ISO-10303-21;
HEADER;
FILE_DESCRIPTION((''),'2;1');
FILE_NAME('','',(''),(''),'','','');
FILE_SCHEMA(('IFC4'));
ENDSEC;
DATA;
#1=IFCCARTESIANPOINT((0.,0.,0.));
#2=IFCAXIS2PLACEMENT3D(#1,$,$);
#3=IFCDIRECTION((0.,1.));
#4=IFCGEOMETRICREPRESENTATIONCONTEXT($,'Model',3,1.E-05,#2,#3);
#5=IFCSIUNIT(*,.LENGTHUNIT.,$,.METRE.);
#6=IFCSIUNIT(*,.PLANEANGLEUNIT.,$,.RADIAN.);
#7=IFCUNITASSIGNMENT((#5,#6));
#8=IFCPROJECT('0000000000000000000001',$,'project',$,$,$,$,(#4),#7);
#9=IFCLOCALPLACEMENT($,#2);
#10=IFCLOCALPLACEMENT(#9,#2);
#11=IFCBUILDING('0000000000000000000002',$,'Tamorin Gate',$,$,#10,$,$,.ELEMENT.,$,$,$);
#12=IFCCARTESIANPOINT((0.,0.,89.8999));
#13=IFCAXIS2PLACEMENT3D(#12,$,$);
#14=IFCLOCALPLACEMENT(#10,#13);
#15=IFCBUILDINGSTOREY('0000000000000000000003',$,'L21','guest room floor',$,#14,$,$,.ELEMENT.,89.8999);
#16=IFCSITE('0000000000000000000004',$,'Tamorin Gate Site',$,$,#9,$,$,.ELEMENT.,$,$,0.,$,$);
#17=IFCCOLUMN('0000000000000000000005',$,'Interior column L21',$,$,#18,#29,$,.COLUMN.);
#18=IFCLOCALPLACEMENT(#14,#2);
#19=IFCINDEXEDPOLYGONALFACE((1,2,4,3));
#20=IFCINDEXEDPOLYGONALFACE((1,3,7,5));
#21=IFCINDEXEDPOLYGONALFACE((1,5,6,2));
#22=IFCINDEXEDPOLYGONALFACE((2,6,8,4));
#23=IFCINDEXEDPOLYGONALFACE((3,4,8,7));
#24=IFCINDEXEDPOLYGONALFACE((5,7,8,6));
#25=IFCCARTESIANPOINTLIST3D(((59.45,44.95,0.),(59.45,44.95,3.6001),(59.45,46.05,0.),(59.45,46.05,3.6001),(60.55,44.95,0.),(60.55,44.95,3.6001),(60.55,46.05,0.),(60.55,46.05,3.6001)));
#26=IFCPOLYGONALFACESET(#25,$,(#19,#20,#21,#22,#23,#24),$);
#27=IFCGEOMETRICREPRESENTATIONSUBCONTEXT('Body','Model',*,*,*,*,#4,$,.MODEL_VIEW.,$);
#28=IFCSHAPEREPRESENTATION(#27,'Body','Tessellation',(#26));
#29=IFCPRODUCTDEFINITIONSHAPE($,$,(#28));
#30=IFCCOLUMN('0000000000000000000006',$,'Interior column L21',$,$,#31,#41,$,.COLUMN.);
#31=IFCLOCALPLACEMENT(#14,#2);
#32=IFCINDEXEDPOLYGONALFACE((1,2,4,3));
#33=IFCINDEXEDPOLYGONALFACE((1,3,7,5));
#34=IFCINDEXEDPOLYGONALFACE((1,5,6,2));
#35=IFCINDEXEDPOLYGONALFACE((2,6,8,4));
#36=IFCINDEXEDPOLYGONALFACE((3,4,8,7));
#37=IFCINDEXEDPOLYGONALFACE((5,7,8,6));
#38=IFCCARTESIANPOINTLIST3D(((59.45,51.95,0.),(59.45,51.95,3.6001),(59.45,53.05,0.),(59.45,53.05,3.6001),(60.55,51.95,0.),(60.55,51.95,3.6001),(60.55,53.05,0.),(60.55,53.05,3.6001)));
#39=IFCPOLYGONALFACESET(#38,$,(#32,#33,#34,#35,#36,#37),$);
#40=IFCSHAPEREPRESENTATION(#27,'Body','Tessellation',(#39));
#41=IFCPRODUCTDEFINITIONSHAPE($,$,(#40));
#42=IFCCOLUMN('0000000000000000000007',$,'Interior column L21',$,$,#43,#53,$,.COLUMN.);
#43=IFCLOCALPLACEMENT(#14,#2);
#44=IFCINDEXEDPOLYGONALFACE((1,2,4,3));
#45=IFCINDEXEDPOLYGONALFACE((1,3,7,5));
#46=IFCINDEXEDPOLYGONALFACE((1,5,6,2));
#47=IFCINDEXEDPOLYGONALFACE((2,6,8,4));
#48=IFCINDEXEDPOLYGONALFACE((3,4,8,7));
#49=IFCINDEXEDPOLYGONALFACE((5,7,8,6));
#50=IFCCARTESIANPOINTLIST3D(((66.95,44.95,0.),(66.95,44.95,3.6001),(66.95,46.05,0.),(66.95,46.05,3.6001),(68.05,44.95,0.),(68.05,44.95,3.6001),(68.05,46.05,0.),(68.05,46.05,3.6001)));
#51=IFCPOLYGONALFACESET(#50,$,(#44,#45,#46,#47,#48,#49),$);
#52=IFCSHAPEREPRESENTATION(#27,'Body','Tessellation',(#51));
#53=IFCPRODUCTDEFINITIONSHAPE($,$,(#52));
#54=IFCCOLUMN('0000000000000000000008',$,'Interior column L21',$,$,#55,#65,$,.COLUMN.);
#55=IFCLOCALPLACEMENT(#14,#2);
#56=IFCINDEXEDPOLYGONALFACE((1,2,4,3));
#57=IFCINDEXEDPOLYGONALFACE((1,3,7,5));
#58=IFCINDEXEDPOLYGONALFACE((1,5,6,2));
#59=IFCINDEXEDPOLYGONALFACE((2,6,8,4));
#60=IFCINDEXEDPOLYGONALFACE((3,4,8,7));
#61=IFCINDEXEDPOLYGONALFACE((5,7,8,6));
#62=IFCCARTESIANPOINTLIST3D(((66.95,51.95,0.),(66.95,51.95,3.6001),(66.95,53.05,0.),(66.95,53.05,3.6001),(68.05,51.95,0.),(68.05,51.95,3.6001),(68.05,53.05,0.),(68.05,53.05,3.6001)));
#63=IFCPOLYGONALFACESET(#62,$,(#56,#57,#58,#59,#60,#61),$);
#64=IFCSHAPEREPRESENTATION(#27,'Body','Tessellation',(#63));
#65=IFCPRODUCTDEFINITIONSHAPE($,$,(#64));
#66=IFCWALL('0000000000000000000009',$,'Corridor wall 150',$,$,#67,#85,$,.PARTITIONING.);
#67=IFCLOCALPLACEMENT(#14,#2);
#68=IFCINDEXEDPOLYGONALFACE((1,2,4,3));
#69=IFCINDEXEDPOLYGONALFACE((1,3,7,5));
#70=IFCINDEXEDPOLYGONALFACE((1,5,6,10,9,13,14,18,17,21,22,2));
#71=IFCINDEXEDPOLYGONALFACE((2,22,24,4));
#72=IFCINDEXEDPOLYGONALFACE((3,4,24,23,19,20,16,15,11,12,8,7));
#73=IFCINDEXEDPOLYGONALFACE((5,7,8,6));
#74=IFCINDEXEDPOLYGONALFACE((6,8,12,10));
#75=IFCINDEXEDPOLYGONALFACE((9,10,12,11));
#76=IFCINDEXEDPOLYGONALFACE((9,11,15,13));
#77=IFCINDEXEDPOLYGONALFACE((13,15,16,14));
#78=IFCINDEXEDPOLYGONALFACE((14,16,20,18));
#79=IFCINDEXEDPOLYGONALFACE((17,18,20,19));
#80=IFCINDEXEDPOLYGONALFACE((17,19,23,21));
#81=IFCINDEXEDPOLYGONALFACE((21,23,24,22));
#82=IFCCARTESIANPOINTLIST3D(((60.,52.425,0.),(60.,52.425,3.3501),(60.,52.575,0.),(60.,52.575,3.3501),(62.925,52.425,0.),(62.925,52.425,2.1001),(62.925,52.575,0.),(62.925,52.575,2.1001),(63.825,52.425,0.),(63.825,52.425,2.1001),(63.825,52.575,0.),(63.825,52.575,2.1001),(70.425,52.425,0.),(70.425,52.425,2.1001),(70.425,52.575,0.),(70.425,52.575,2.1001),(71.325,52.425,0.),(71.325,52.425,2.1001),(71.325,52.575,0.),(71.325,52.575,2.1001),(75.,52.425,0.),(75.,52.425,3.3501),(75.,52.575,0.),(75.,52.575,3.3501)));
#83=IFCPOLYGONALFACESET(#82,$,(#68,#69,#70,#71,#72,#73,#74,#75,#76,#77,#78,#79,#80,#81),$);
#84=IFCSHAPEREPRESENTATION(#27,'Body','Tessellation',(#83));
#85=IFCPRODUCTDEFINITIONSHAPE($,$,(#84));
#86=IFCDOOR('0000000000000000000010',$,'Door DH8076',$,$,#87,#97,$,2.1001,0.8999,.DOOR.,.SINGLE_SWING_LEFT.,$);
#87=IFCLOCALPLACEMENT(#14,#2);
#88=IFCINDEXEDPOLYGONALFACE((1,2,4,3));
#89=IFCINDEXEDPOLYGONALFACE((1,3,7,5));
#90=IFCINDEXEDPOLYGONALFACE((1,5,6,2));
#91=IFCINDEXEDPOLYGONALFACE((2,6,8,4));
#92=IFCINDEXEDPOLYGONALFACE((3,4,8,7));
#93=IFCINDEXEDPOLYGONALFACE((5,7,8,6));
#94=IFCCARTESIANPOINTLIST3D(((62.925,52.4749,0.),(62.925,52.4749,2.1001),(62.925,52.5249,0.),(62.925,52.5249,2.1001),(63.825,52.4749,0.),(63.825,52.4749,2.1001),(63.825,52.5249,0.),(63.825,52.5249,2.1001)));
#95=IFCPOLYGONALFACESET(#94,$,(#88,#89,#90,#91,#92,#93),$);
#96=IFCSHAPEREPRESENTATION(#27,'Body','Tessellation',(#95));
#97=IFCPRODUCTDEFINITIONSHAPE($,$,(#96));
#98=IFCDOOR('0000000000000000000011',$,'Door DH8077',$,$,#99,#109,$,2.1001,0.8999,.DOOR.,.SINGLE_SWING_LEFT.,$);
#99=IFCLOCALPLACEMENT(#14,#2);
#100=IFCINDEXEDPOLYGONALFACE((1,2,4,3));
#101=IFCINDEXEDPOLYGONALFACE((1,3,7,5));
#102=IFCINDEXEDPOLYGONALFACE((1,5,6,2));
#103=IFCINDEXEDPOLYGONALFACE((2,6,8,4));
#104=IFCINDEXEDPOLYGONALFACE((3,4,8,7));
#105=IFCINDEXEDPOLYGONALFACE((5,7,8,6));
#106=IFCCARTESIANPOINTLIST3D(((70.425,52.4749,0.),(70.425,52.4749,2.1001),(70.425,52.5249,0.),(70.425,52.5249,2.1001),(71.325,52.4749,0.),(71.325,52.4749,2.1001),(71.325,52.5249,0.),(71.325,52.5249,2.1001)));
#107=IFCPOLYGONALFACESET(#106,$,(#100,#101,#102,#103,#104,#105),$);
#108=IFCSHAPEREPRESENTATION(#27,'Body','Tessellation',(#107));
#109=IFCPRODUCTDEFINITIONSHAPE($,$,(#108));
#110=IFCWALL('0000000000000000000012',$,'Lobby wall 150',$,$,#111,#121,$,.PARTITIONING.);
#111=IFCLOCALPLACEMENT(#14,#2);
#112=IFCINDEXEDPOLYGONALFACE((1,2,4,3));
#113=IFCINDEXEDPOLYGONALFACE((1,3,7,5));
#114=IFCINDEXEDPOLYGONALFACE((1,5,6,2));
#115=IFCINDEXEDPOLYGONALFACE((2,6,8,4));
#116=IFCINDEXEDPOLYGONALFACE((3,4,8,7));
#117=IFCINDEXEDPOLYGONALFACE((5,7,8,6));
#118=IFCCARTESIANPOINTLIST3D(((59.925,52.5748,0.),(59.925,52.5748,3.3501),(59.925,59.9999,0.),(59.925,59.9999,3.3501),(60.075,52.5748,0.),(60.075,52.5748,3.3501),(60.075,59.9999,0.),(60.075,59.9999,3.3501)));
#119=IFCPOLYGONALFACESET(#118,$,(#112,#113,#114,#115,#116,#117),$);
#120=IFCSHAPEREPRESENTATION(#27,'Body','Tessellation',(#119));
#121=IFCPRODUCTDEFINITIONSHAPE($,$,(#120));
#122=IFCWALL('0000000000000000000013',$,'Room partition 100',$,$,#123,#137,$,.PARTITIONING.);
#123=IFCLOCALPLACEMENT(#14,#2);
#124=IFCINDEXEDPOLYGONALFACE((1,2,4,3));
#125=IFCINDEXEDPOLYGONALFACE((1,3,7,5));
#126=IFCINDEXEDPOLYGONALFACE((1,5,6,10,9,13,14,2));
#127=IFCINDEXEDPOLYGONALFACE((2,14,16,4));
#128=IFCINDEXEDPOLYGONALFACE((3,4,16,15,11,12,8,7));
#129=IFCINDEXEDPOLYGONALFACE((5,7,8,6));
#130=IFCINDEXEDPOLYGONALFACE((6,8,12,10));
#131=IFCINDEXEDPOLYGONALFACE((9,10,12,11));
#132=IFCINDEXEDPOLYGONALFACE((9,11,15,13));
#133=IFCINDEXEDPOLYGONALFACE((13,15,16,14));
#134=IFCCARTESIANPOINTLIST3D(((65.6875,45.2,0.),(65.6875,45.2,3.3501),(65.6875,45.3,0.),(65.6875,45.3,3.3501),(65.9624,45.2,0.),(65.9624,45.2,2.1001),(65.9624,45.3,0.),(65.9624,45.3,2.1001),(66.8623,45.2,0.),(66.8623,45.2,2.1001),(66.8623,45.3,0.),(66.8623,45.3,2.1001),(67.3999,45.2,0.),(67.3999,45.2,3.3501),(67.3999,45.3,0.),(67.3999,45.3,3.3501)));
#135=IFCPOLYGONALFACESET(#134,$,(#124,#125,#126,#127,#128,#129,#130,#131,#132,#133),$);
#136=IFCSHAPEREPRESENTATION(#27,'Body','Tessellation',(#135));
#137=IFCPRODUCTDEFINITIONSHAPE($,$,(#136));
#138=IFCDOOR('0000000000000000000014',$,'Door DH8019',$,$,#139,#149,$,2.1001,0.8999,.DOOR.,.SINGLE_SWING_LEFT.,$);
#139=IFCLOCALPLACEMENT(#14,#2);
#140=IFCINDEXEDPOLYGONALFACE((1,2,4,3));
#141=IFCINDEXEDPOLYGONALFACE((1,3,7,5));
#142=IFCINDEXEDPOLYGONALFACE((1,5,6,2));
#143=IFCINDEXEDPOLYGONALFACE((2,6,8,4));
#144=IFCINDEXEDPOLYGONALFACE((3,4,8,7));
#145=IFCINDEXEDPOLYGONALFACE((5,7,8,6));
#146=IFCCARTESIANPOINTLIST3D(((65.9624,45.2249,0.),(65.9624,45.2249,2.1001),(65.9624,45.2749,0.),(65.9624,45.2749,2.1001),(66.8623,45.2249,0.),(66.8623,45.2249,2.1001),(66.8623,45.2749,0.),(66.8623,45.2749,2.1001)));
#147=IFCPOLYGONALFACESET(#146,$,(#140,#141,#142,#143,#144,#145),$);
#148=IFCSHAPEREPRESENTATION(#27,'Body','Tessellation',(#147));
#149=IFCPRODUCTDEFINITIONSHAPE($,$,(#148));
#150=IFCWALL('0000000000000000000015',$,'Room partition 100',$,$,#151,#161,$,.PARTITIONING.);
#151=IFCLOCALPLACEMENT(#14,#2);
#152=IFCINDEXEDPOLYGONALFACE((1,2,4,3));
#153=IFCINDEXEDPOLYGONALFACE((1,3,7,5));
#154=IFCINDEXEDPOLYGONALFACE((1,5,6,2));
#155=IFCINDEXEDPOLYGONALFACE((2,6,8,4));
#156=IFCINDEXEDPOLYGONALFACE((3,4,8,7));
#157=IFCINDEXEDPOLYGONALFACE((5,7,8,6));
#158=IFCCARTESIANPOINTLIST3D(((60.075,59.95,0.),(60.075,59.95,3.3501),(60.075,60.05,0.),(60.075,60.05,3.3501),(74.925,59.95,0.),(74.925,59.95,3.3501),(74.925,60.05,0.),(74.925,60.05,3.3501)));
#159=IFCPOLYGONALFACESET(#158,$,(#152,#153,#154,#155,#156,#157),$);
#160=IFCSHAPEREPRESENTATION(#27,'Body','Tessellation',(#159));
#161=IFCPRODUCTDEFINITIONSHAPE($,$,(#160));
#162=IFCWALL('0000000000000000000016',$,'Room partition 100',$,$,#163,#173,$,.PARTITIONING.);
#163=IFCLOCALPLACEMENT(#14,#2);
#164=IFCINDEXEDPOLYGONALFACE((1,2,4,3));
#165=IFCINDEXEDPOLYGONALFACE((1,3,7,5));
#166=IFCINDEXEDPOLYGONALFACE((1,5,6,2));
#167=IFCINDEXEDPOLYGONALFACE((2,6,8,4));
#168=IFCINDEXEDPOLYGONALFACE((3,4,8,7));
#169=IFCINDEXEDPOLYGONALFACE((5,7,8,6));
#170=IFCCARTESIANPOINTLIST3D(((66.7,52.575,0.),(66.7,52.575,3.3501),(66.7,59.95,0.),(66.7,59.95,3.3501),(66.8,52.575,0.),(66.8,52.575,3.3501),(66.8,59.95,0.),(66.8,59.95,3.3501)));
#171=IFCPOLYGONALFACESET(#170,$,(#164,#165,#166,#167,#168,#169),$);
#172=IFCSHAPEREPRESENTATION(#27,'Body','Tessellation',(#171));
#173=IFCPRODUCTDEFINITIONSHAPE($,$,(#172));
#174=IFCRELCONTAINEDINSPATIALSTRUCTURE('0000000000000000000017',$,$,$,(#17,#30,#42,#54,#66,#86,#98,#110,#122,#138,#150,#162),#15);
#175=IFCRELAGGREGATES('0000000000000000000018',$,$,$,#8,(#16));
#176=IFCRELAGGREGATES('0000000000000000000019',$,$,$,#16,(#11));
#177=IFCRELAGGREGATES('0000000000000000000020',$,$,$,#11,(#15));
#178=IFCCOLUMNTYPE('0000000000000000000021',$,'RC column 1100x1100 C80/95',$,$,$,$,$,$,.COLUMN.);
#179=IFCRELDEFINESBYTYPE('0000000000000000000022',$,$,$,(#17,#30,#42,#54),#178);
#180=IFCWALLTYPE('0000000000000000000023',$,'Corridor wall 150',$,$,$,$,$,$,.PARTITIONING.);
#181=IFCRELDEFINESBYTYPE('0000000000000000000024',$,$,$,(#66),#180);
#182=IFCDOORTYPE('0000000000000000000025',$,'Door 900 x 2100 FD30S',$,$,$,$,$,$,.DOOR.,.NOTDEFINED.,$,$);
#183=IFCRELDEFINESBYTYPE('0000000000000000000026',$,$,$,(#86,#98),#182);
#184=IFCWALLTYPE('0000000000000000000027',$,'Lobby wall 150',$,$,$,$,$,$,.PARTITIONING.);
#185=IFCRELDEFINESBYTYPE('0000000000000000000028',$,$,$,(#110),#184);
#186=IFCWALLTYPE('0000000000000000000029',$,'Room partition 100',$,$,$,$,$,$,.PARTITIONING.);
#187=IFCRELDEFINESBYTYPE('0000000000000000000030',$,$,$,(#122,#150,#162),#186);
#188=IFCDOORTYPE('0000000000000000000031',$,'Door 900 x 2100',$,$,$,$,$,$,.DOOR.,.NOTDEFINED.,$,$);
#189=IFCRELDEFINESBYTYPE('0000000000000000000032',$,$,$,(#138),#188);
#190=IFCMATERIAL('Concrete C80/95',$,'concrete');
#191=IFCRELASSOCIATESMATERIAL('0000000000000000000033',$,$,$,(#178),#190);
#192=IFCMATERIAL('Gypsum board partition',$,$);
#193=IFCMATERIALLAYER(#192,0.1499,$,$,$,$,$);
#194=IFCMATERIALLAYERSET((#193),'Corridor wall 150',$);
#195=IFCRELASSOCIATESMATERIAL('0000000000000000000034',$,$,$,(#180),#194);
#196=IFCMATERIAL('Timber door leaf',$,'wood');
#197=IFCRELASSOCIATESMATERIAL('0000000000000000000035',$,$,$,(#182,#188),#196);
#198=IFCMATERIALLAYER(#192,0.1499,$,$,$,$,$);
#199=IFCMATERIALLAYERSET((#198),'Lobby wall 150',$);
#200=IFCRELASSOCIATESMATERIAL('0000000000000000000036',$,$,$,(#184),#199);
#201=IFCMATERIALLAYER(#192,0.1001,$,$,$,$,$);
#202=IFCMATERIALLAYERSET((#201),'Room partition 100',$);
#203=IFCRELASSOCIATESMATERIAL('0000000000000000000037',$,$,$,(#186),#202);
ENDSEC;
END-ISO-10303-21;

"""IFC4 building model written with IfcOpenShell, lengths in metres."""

from ifc_helpers import new_model, si_unit, direction, frame, frame_2d, origin, origin_2d, place, context, subcontext, project, spatial, rectangle, extrude, material, layer, layer_set, material_profile, profile_set, type_object, element, fill, save


model = new_model("IFC4")

# Units and contexts
model_context = context("Model", 3, precision=1e-05, world=origin(), true_north=direction((0.0, 1.0)))
body_context = subcontext(model_context, "Body", "Model", "MODEL_VIEW")
ifc_project = project(units=[si_unit("LENGTHUNIT", "METRE"), si_unit("PLANEANGLEUNIT", "RADIAN")], contexts=[model_context])

# Site, building, storey
site_placement = place(None, origin())
site = spatial("IfcSite", under=ifc_project, at=site_placement, Name="Tamorin Gate Site", CompositionType="ELEMENT", RefElevation=0.0)
building_placement = place(site_placement, origin())
building = spatial("IfcBuilding", under=site, at=building_placement, Name="Tamorin Gate", CompositionType="ELEMENT")
storey_placement = place(building_placement, frame((0.0, 0.0, 89.8999)))
storey = spatial("IfcBuildingStorey", under=building, at=storey_placement, Name="L21", Description="guest room floor", CompositionType="ELEMENT", Elevation=89.8999)

# Columns
ifc_material_1 = material(Name="Concrete C80/95", Category="concrete")
ifc_material_profile = material_profile(ifc_material_1, rectangle(XDim=1.1001, YDim=1.1001, at=origin_2d()), Name="RC 1100x1100")
ifc_profile_set = profile_set([ifc_material_profile], Name="Concrete C80/95")
column_type = type_object("IfcColumnType", Name="RC column 1100x1100 C80/95", PredefinedType="COLUMN", material=ifc_profile_set)
for number, where, z_axis, x_axis, name in (
    (1, (60.0, 45.5, 0.0), (0.0, 0.0, 1.0), (1.0, 0.0, 0.0), "Interior column L21"),
    (2, (60.0, 52.5, 0.0), (0.0, 0.0, 1.0), (1.0, 0.0, 0.0), "Interior column L21"),
    (3, (67.5, 45.5, 0.0), (0.0, 0.0, 1.0), (1.0, 0.0, 0.0), "Interior column L21"),
    (4, (67.5, 52.5, 0.0), (0.0, 0.0, 1.0), (1.0, 0.0, 0.0), "Interior column L21"),
):
    element("IfcColumn", number, at=place(storey_placement, frame(where, z_axis=z_axis, x_axis=x_axis)), inside=storey, type_object=column_type, Name=name, PredefinedType="COLUMN", context=body_context, shape_type="SweptSolid", body=[
        extrude(rectangle(XDim=1.1001, YDim=1.1001, at=origin_2d()), origin(), (0.0, 0.0, 1.0), 3.6001),
    ])

# Wall, openings, doors
ifc_material_2 = material(Name="Gypsum board partition")
ifc_layer_1 = layer(ifc_material_2, 0.1499)
ifc_layer_set_1 = layer_set([ifc_layer_1], Name="Corridor wall 150")
wall_type_1 = type_object("IfcWallType", Name="Corridor wall 150", PredefinedType="PARTITIONING", material=ifc_layer_set_1)
wall_1_placement = place(storey_placement, frame((60.0, 52.5, 0.0), z_axis=(0.0, 0.0, 1.0), x_axis=(1.0, 0.0, 0.0)))
wall_1 = element("IfcWall", 5, at=wall_1_placement, inside=storey, type_object=wall_type_1, Name="Corridor wall 150", PredefinedType="PARTITIONING", context=body_context, shape_type="SweptSolid", body=[
    extrude(rectangle(XDim=15.0, YDim=0.1499, at=frame_2d((7.5, 0.0))), origin(), (0.0, 0.0, 1.0), 3.3501),
])
opening_1_placement = place(wall_1_placement, frame((2.925, 0.0, 0.0)))
opening_1 = element("IfcOpeningElement", 6, at=opening_1_placement, cuts=wall_1, PredefinedType="OPENING", context=body_context, shape_type="SweptSolid", body=[
    extrude(rectangle(XDim=0.8999, YDim=2.1001, at=frame_2d((0.45, 1.05))), frame((0.0, 0.085, 0.0), z_axis=(0.0, -1.0, 0.0), x_axis=(1.0, 0.0, 0.0)), (0.0, 0.0, 1.0), 0.1699),
])
opening_2_placement = place(wall_1_placement, frame((10.425, 0.0, 0.0)))
opening_2 = element("IfcOpeningElement", 7, at=opening_2_placement, cuts=wall_1, PredefinedType="OPENING", context=body_context, shape_type="SweptSolid", body=[
    extrude(rectangle(XDim=0.8999, YDim=2.1001, at=frame_2d((0.45, 1.05))), frame((0.0, 0.085, 0.0), z_axis=(0.0, -1.0, 0.0), x_axis=(1.0, 0.0, 0.0)), (0.0, 0.0, 1.0), 0.1699),
])
ifc_material_3 = material(Name="Timber door leaf", Category="wood")
door_type_1 = type_object("IfcDoorType", Name="Door 900 x 2100 FD30S", OperationType="NOTDEFINED", PredefinedType="DOOR", material=ifc_material_3)
door_1_placement = place(opening_1_placement, origin())
door_1 = element("IfcDoor", 8, at=door_1_placement, inside=storey, type_object=door_type_1, Name="Door DH8076", OperationType="SINGLE_SWING_LEFT", OverallHeight=2.1001, OverallWidth=0.8999, PredefinedType="DOOR", context=body_context, shape_type="SweptSolid", body=[
    extrude(rectangle(XDim=0.8999, YDim=2.1001, at=frame_2d((0.45, 1.05))), frame((0.0, 0.0249, 0.0), z_axis=(0.0, -1.0, 0.0), x_axis=(1.0, 0.0, 0.0)), (0.0, 0.0, 1.0), 0.05),
])
fill(opening_1, door_1)
door_2_placement = place(opening_2_placement, origin())
door_2 = element("IfcDoor", 9, at=door_2_placement, inside=storey, type_object=door_type_1, Name="Door DH8077", OperationType="SINGLE_SWING_LEFT", OverallHeight=2.1001, OverallWidth=0.8999, PredefinedType="DOOR", context=body_context, shape_type="SweptSolid", body=[
    extrude(rectangle(XDim=0.8999, YDim=2.1001, at=frame_2d((0.45, 1.05))), frame((0.0, 0.0249, 0.0), z_axis=(0.0, -1.0, 0.0), x_axis=(1.0, 0.0, 0.0)), (0.0, 0.0, 1.0), 0.05),
])
fill(opening_2, door_2)

# Wall
ifc_layer_2 = layer(ifc_material_2, 0.1499)
ifc_layer_set_2 = layer_set([ifc_layer_2], Name="Lobby wall 150")
wall_type_2 = type_object("IfcWallType", Name="Lobby wall 150", PredefinedType="PARTITIONING", material=ifc_layer_set_2)
wall_2_placement = place(storey_placement, frame((60.0, 52.575, 0.0), z_axis=(0.0, 0.0, 1.0), x_axis=(0.0, 1.0, 0.0)))
element("IfcWall", 10, at=wall_2_placement, inside=storey, type_object=wall_type_2, Name="Lobby wall 150", PredefinedType="PARTITIONING", context=body_context, shape_type="SweptSolid", body=[
    extrude(rectangle(XDim=7.425, YDim=0.1499, at=frame_2d((3.7124, 0.0))), origin(), (0.0, 0.0, 1.0), 3.3501),
])

# Wall, opening, door
ifc_layer_3 = layer(ifc_material_2, 0.1001)
ifc_layer_set_3 = layer_set([ifc_layer_3], Name="Room partition 100")
wall_type_3 = type_object("IfcWallType", Name="Room partition 100", PredefinedType="PARTITIONING", material=ifc_layer_set_3)
wall_3_placement = place(storey_placement, frame((65.6875, 45.25, 0.0), z_axis=(0.0, 0.0, 1.0), x_axis=(1.0, 0.0, 0.0)))
wall_3 = element("IfcWall", 11, at=wall_3_placement, inside=storey, type_object=wall_type_3, Name="Room partition 100", PredefinedType="PARTITIONING", context=body_context, shape_type="SweptSolid", body=[
    extrude(rectangle(XDim=1.7124, YDim=0.1001, at=frame_2d((0.8562, 0.0))), origin(), (0.0, 0.0, 1.0), 3.3501),
])
opening_3_placement = place(wall_3_placement, frame((0.2749, 0.0, 0.0)))
opening_3 = element("IfcOpeningElement", 12, at=opening_3_placement, cuts=wall_3, PredefinedType="OPENING", context=body_context, shape_type="SweptSolid", body=[
    extrude(rectangle(XDim=0.8999, YDim=2.1001, at=frame_2d((0.45, 1.05))), frame((0.0, 0.0601, 0.0), z_axis=(0.0, -1.0, 0.0), x_axis=(1.0, 0.0, 0.0)), (0.0, 0.0, 1.0), 0.1201),
])
door_type_2 = type_object("IfcDoorType", Name="Door 900 x 2100", OperationType="NOTDEFINED", PredefinedType="DOOR", material=ifc_material_3)
door_3_placement = place(opening_3_placement, origin())
door_3 = element("IfcDoor", 13, at=door_3_placement, inside=storey, type_object=door_type_2, Name="Door DH8019", OperationType="SINGLE_SWING_LEFT", OverallHeight=2.1001, OverallWidth=0.8999, PredefinedType="DOOR", context=body_context, shape_type="SweptSolid", body=[
    extrude(rectangle(XDim=0.8999, YDim=2.1001, at=frame_2d((0.45, 1.05))), frame((0.0, 0.0249, 0.0), z_axis=(0.0, -1.0, 0.0), x_axis=(1.0, 0.0, 0.0)), (0.0, 0.0, 1.0), 0.05),
])
fill(opening_3, door_3)

# Walls
wall_4_placement = place(storey_placement, frame((60.075, 60.0, 0.0), z_axis=(0.0, 0.0, 1.0), x_axis=(1.0, 0.0, 0.0)))
element("IfcWall", 14, at=wall_4_placement, inside=storey, type_object=wall_type_3, Name="Room partition 100", PredefinedType="PARTITIONING", context=body_context, shape_type="SweptSolid", body=[
    extrude(rectangle(XDim=14.8501, YDim=0.1001, at=frame_2d((7.425, 0.0))), origin(), (0.0, 0.0, 1.0), 3.3501),
])
wall_5_placement = place(storey_placement, frame((66.75, 52.575, 0.0), z_axis=(0.0, 0.0, 1.0), x_axis=(0.0, 1.0, 0.0)))
element("IfcWall", 15, at=wall_5_placement, inside=storey, type_object=wall_type_3, Name="Room partition 100", PredefinedType="PARTITIONING", context=body_context, shape_type="SweptSolid", body=[
    extrude(rectangle(XDim=7.375, YDim=0.1001, at=frame_2d((3.6875, 0.0))), origin(), (0.0, 0.0, 1.0), 3.3501),
])

save(model, "model.ifc")
